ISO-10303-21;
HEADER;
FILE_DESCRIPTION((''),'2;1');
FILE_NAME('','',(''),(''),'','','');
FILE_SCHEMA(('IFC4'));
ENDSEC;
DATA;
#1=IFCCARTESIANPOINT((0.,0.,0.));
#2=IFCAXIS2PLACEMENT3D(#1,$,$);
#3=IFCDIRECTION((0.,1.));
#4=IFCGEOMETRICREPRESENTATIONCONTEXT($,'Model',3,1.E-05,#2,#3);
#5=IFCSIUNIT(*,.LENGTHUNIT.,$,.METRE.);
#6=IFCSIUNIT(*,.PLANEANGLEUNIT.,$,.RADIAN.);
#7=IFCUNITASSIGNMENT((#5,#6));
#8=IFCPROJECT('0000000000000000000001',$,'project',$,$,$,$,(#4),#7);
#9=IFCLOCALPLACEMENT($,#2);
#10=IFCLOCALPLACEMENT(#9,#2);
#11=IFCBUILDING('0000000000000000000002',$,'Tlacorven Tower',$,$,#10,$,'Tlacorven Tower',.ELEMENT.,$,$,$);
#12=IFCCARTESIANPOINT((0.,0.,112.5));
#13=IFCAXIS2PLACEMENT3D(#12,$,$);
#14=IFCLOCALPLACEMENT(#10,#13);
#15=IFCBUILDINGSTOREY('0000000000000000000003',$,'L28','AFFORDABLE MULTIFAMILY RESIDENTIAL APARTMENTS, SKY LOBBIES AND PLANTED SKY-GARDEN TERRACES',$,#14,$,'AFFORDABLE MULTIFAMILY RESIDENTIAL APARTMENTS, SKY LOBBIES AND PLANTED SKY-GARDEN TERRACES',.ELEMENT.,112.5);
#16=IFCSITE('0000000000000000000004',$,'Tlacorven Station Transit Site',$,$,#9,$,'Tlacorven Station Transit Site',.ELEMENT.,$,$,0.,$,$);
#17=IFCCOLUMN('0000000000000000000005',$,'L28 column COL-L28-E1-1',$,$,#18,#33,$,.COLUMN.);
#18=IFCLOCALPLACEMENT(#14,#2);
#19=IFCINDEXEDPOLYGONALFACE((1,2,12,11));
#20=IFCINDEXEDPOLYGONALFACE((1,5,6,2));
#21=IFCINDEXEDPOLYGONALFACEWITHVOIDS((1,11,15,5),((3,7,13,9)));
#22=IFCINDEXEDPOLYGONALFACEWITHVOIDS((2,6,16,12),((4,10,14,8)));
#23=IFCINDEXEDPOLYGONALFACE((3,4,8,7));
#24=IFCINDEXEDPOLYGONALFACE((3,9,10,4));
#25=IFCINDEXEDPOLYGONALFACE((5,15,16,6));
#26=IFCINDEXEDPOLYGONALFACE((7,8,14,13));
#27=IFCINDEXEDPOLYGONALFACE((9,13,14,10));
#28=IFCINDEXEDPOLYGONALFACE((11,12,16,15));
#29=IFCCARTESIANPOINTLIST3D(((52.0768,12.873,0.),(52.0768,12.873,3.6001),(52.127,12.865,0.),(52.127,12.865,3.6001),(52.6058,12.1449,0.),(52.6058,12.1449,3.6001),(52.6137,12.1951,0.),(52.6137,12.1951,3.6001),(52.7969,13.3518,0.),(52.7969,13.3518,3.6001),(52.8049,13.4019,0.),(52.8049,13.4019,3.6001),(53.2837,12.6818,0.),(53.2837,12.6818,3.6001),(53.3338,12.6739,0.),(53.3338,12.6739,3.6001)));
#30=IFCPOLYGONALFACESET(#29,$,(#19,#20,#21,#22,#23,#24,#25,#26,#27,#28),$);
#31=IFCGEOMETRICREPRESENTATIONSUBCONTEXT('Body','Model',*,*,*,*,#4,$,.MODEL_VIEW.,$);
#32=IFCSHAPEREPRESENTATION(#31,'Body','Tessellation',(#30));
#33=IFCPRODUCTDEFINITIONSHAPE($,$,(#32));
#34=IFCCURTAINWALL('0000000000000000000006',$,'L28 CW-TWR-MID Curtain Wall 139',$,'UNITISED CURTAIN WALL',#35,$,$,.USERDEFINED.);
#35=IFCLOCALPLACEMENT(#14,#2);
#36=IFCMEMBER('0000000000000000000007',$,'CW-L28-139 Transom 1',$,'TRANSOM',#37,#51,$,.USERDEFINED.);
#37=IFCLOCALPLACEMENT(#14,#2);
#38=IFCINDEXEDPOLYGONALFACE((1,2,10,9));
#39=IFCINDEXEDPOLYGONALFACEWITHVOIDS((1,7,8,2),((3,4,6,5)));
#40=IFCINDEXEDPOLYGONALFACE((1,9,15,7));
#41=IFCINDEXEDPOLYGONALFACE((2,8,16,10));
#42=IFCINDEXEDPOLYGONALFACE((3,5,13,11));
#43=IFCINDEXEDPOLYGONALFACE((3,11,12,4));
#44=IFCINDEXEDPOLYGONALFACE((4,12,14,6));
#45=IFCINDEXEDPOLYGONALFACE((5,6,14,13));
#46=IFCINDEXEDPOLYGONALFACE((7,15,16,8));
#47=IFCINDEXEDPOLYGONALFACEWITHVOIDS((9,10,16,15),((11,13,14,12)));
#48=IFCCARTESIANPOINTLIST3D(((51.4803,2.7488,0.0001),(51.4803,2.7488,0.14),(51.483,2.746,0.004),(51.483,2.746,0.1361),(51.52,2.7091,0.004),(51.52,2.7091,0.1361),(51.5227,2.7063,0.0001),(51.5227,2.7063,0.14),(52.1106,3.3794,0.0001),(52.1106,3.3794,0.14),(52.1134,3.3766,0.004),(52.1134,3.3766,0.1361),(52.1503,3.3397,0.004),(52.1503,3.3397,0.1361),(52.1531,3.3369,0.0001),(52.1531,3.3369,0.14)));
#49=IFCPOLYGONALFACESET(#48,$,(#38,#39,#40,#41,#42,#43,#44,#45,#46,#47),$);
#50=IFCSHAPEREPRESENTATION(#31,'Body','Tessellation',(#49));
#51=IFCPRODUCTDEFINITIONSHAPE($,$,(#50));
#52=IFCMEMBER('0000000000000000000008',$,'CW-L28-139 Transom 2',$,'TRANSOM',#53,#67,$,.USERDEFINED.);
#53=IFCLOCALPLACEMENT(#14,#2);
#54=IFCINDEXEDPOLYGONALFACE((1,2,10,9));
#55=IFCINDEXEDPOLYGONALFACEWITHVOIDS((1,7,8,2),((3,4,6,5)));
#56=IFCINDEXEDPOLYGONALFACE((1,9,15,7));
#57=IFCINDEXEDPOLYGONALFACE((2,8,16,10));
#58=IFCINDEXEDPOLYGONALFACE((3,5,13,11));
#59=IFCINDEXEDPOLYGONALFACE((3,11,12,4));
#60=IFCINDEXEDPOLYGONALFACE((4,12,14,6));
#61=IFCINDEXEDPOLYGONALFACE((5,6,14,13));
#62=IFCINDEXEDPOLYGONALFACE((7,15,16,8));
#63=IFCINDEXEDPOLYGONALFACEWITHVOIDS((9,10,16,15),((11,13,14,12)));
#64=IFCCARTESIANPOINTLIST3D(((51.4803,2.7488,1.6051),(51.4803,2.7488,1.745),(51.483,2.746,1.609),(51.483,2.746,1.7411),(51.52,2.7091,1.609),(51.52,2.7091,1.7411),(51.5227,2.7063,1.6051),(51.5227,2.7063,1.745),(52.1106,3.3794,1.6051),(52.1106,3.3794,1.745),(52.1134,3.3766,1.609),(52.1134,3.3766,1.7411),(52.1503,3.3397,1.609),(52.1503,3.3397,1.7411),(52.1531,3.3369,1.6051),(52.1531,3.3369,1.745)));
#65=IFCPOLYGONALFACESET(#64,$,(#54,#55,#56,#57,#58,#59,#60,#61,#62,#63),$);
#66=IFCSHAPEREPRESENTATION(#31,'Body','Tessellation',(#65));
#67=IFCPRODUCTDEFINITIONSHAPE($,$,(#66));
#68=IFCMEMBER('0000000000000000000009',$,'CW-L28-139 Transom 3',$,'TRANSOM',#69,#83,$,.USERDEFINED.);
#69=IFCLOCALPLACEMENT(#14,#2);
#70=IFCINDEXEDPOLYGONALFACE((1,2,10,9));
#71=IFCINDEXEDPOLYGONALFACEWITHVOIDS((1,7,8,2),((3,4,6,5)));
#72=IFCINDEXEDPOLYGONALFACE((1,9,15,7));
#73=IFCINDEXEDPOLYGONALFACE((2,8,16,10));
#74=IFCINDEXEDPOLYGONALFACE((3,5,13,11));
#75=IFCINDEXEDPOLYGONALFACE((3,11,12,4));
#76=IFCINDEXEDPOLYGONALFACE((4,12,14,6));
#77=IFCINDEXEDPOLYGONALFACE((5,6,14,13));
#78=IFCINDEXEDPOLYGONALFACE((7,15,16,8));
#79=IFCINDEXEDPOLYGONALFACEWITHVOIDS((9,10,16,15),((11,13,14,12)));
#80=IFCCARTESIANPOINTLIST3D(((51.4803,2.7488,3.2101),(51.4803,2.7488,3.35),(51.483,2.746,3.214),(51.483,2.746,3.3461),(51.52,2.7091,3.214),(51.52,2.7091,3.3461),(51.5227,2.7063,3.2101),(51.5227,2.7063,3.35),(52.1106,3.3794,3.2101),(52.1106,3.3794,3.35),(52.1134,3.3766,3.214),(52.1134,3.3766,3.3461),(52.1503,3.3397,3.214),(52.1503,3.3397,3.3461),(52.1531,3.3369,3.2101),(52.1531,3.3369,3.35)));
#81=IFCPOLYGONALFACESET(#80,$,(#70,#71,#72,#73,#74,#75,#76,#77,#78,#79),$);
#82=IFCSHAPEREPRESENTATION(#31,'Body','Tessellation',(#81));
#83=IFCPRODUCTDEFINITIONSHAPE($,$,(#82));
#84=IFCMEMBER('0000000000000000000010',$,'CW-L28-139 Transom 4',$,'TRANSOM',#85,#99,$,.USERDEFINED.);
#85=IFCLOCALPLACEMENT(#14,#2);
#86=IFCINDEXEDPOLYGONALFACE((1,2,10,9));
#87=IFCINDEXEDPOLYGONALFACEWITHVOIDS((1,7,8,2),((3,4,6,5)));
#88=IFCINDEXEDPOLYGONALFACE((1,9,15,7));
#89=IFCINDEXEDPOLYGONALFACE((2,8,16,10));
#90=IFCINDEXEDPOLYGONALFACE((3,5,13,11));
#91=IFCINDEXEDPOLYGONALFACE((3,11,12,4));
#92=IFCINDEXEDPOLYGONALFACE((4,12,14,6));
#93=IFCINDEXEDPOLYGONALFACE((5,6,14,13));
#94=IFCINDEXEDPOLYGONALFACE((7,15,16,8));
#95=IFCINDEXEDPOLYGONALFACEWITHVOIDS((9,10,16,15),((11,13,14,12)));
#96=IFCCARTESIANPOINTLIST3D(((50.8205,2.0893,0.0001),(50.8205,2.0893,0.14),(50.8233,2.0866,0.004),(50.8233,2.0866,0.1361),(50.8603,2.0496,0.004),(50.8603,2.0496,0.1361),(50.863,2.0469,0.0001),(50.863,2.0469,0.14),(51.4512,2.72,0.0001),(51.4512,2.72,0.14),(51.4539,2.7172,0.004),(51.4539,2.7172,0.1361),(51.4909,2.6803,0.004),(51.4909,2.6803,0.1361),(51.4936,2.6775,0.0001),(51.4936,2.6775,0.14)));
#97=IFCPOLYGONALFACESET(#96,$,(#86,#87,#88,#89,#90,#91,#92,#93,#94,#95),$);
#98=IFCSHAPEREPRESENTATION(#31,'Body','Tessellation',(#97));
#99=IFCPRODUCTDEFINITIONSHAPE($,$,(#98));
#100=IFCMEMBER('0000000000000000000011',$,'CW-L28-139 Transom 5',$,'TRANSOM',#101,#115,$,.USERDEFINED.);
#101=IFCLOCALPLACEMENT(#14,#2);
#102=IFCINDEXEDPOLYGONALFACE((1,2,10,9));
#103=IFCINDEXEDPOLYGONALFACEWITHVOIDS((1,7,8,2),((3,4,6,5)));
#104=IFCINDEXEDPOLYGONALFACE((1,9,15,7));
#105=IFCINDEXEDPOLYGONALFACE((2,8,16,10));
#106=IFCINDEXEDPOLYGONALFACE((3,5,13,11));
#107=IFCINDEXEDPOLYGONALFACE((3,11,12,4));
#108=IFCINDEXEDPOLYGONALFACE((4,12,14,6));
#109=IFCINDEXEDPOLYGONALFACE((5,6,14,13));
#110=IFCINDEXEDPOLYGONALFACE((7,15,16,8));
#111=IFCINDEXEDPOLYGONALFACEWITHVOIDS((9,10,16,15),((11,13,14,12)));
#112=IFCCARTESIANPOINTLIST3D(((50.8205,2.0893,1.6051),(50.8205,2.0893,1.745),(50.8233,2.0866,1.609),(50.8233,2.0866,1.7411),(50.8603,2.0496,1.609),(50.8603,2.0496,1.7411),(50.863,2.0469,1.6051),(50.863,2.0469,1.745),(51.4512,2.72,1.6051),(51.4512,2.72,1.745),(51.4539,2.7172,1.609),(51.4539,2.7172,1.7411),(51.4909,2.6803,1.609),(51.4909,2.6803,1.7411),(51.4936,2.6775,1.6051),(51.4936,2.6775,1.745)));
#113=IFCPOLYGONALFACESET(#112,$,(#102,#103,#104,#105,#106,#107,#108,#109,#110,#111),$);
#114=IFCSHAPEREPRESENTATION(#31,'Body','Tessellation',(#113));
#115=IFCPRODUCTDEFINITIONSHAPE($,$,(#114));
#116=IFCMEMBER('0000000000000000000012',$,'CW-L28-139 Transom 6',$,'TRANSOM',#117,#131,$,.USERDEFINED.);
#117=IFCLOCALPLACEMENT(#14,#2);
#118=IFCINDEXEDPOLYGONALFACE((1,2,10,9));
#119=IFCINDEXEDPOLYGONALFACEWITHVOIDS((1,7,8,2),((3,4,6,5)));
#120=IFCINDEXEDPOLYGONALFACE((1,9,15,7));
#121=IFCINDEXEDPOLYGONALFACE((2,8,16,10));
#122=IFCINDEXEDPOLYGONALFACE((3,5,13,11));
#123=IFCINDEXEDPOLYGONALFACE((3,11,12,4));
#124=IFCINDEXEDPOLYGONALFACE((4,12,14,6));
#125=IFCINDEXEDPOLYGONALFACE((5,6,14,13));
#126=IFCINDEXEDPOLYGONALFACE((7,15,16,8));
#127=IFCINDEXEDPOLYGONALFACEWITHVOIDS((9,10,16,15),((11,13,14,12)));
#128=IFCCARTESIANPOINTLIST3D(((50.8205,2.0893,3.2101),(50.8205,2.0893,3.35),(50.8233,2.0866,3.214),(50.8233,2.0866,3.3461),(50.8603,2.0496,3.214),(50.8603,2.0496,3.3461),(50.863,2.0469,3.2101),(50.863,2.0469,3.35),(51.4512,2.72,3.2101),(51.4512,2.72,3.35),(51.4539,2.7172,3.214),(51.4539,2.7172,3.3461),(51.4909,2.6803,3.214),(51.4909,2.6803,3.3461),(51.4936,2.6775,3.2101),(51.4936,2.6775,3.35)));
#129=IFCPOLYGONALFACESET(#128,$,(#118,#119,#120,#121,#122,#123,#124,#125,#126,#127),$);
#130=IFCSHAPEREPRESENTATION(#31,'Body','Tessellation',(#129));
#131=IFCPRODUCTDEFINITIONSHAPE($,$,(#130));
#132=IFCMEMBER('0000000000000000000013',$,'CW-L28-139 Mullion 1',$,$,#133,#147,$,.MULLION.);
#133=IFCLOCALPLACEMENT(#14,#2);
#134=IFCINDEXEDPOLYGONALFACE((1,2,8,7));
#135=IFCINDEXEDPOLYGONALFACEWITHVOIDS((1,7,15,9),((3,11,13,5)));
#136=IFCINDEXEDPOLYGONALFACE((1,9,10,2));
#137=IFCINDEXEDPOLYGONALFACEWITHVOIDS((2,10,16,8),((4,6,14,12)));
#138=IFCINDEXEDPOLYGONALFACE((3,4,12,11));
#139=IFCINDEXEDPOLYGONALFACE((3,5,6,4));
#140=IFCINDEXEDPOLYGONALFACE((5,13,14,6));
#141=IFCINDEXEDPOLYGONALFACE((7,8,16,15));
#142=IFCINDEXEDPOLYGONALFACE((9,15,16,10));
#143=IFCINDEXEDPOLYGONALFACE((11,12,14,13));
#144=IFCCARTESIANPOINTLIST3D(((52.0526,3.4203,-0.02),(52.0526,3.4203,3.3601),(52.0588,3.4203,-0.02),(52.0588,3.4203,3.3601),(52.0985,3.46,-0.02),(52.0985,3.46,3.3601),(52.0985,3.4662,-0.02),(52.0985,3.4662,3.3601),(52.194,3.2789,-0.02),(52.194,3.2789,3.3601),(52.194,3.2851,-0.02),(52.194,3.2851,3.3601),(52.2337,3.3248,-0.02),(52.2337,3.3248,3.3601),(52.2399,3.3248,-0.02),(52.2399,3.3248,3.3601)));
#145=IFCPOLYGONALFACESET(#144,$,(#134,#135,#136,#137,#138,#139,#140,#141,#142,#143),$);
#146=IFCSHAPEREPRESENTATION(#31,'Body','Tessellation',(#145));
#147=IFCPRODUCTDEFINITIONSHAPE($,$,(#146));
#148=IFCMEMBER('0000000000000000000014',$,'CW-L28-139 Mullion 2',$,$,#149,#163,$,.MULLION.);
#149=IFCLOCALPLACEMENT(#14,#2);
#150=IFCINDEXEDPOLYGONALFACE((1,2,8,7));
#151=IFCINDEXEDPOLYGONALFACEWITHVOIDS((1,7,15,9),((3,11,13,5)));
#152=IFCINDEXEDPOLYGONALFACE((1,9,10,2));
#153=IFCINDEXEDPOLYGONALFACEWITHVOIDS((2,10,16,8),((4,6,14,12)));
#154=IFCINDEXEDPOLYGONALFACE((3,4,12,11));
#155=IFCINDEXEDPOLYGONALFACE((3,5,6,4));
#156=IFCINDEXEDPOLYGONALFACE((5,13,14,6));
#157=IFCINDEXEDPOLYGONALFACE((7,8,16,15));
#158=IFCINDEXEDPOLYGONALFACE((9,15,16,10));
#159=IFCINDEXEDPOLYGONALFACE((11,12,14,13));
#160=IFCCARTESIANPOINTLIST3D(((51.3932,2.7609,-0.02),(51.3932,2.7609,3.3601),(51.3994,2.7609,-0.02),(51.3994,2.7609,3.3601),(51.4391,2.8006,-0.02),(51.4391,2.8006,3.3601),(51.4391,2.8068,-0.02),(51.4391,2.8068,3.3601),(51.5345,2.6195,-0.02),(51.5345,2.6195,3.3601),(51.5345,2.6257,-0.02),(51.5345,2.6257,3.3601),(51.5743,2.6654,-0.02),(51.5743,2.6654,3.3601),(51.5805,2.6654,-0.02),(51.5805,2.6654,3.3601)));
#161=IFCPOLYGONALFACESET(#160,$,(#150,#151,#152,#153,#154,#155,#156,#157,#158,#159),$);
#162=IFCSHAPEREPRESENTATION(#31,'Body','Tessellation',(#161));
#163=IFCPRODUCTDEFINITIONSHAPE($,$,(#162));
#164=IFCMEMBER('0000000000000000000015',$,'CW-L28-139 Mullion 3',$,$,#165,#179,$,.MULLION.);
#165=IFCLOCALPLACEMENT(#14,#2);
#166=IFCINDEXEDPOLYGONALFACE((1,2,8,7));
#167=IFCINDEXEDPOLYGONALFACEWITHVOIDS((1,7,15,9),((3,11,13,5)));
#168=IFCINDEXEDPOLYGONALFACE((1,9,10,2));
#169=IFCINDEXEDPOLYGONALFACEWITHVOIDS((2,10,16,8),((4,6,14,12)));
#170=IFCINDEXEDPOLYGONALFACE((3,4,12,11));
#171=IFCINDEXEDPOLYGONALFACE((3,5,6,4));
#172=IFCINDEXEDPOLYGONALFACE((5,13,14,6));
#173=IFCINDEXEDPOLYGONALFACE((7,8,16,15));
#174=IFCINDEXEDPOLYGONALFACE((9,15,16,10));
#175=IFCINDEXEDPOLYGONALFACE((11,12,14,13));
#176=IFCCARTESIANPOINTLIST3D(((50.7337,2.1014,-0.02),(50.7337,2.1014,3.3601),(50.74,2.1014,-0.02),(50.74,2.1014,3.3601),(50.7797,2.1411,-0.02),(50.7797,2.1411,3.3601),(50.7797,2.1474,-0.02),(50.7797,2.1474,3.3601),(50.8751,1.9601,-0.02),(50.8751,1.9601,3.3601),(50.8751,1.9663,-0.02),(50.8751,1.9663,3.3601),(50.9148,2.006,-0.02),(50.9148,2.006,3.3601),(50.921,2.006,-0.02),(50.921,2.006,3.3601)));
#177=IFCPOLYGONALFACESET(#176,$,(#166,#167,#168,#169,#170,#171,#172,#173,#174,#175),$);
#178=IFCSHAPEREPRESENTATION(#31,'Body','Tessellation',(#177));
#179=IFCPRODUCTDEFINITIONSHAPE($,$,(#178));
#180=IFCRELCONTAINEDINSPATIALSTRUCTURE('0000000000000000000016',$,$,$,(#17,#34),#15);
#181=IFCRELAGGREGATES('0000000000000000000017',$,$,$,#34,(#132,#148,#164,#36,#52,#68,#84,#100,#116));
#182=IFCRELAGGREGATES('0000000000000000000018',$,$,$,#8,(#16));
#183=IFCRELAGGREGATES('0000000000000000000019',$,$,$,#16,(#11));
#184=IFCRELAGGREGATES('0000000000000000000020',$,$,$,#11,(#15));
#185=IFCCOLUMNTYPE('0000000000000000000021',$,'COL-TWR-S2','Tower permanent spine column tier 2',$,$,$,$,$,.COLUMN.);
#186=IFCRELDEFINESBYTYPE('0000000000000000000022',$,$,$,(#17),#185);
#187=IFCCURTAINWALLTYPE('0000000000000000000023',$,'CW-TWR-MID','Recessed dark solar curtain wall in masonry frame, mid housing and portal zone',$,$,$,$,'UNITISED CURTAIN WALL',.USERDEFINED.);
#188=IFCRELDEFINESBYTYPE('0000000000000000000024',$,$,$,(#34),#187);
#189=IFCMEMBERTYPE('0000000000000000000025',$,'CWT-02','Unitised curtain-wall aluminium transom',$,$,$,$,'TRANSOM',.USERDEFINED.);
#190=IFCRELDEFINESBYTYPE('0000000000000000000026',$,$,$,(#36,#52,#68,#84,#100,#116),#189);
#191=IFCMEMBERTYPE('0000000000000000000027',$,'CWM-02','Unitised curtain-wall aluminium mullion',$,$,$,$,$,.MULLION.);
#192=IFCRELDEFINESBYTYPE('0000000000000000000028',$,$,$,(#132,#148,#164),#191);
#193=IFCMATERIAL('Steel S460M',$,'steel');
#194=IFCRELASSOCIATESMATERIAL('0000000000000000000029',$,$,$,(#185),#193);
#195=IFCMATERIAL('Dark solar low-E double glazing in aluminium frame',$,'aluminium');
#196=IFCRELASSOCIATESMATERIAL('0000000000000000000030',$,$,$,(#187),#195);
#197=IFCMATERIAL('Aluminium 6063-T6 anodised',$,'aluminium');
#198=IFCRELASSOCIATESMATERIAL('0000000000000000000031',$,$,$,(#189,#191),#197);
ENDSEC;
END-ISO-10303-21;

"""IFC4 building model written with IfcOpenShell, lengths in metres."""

from ifc_helpers import new_model, si_unit, direction, frame, origin, origin_2d, place, context, subcontext, project, spatial, hollow_rectangle, extrude, source, transform, mapped, material, material_profile, profile_set, type_object, element, aggregate, save


model = new_model("IFC4")

# Units and contexts
model_context = context("Model", 3, precision=1e-05, world=origin(), true_north=direction((0.0, 1.0)))
body_context = subcontext(model_context, "Body", "Model", "MODEL_VIEW")
ifc_project = project(units=[si_unit("LENGTHUNIT", "METRE"), si_unit("PLANEANGLEUNIT", "RADIAN")], contexts=[model_context])

# Site, building, storey
site_placement = place(None, origin())
site = spatial("IfcSite", under=ifc_project, at=site_placement, Name="Tlacorven Station Transit Site", LongName="Tlacorven Station Transit Site", CompositionType="ELEMENT", RefElevation=0.0)
building_placement = place(site_placement, origin())
building = spatial("IfcBuilding", under=site, at=building_placement, Name="Tlacorven Tower", LongName="Tlacorven Tower", CompositionType="ELEMENT")
storey_placement = place(building_placement, frame((0.0, 0.0, 112.5)))
storey = spatial("IfcBuildingStorey", under=building, at=storey_placement, Name="L28", Description="AFFORDABLE MULTIFAMILY RESIDENTIAL APARTMENTS, SKY LOBBIES AND PLANTED SKY-GARDEN TERRACES", LongName="AFFORDABLE MULTIFAMILY RESIDENTIAL APARTMENTS, SKY LOBBIES AND PLANTED SKY-GARDEN TERRACES", CompositionType="ELEMENT", Elevation=112.5)

# Column
ifc_material_1 = material(Name="Steel S460M", Category="steel")
ifc_material_profile_1 = material_profile(ifc_material_1, hollow_rectangle(XDim=0.8999, YDim=0.8999, WallThickness=0.0359, at=origin_2d()), Name="BOX 900X900X36")
ifc_profile_set_1 = profile_set([ifc_material_profile_1], Name="Steel S460M")
column_type = type_object("IfcColumnType", Name="COL-TWR-S2", Description="Tower permanent spine column tier 2", PredefinedType="COLUMN", material=ifc_profile_set_1)
shared_shape_1 = source(origin(), body_context, "Body", "SweptSolid", [
    extrude(hollow_rectangle(XDim=0.8999, YDim=0.8999, WallThickness=0.0359, at=origin_2d()), origin(), (0.0, 0.0, 1.0), 3.6001),
])
column_placement = place(storey_placement, frame((52.7053, 12.7734, 0.0), z_axis=(0.0, 0.0, 1.0), x_axis=(0.809017, 0.587785, 0.0)))
element("IfcColumn", 1, at=column_placement, inside=storey, type_object=column_type, Name="L28 column COL-L28-E1-1", PredefinedType="COLUMN", context=body_context, shape_type="MappedRepresentation", body=[
    mapped(shared_shape_1, transform((0.0, 0.0, 0.0), scale=1.0)),
])

# Curtain wall, members
ifc_material_2 = material(Name="Dark solar low-E double glazing in aluminium frame", Category="aluminium")
curtain_wall_type = type_object("IfcCurtainWallType", Name="CW-TWR-MID", Description="Recessed dark solar curtain wall in masonry frame, mid housing and portal zone", ElementType="UNITISED CURTAIN WALL", PredefinedType="USERDEFINED", material=ifc_material_2)
curtain_wall_placement = place(storey_placement, origin())
curtain_wall = element("IfcCurtainWall", 2, at=curtain_wall_placement, inside=storey, type_object=curtain_wall_type, Name="L28 CW-TWR-MID Curtain Wall 139", ObjectType="UNITISED CURTAIN WALL", PredefinedType="USERDEFINED")
ifc_material_3 = material(Name="Aluminium 6063-T6 anodised", Category="aluminium")
ifc_material_profile_2 = material_profile(ifc_material_3, hollow_rectangle(XDim=0.0601, YDim=0.1399, WallThickness=0.0039, at=origin_2d()), Name="ALU TRANSOM 60X140")
ifc_profile_set_2 = profile_set([ifc_material_profile_2], Name="Aluminium 6063-T6 anodised")
member_type_1 = type_object("IfcMemberType", Name="CWT-02", Description="Unitised curtain-wall aluminium transom", ElementType="TRANSOM", PredefinedType="USERDEFINED", material=ifc_profile_set_2)
shared_shape_2 = source(origin(), body_context, "Body", "SweptSolid", [
    extrude(hollow_rectangle(XDim=0.0601, YDim=0.1399, WallThickness=0.0039, at=origin_2d()), origin(), (0.0, 0.0, 1.0), 0.8916),
])
member_1_placement = place(storey_placement, frame((52.1318, 3.3582, 0.0701), z_axis=(-0.70697, -0.707244, 0.0), x_axis=(0.707244, -0.70697, 0.0)))
member_1 = element("IfcMember", 3, at=member_1_placement, type_object=member_type_1, Name="CW-L28-139 Transom 1", ObjectType="TRANSOM", PredefinedType="USERDEFINED", context=body_context, shape_type="MappedRepresentation", body=[
    mapped(shared_shape_2, transform((0.0, 0.0, 0.0), scale=1.0)),
])
member_2_placement = place(storey_placement, frame((52.1318, 3.3582, 1.675), z_axis=(-0.70697, -0.707244, 0.0), x_axis=(0.707244, -0.70697, 0.0)))
member_2 = element("IfcMember", 4, at=member_2_placement, type_object=member_type_1, Name="CW-L28-139 Transom 2", ObjectType="TRANSOM", PredefinedType="USERDEFINED", context=body_context, shape_type="MappedRepresentation", body=[
    mapped(shared_shape_2, transform((0.0, 0.0, 0.0), scale=1.0)),
])
member_3_placement = place(storey_placement, frame((52.1318, 3.3582, 3.28), z_axis=(-0.70697, -0.707244, 0.0), x_axis=(0.707244, -0.70697, 0.0)))
member_3 = element("IfcMember", 5, at=member_3_placement, type_object=member_type_1, Name="CW-L28-139 Transom 3", ObjectType="TRANSOM", PredefinedType="USERDEFINED", context=body_context, shape_type="MappedRepresentation", body=[
    mapped(shared_shape_2, transform((0.0, 0.0, 0.0), scale=1.0)),
])
shared_shape_3 = source(origin(), body_context, "Body", "SweptSolid", [
    extrude(hollow_rectangle(XDim=0.0601, YDim=0.1399, WallThickness=0.0039, at=origin_2d()), origin(), (0.0, 0.0, 1.0), 0.8918),
])
member_4_placement = place(storey_placement, frame((51.4724, 2.6987, 0.0701), z_axis=(-0.707107, -0.707107, 0.0), x_axis=(0.707107, -0.707107, 0.0)))
member_4 = element("IfcMember", 6, at=member_4_placement, type_object=member_type_1, Name="CW-L28-139 Transom 4", ObjectType="TRANSOM", PredefinedType="USERDEFINED", context=body_context, shape_type="MappedRepresentation", body=[
    mapped(shared_shape_3, transform((0.0, 0.0, 0.0), scale=1.0)),
])
member_5_placement = place(storey_placement, frame((51.4724, 2.6987, 1.675), z_axis=(-0.707107, -0.707107, 0.0), x_axis=(0.707107, -0.707107, 0.0)))
member_5 = element("IfcMember", 7, at=member_5_placement, type_object=member_type_1, Name="CW-L28-139 Transom 5", ObjectType="TRANSOM", PredefinedType="USERDEFINED", context=body_context, shape_type="MappedRepresentation", body=[
    mapped(shared_shape_3, transform((0.0, 0.0, 0.0), scale=1.0)),
])
member_6_placement = place(storey_placement, frame((51.4724, 2.6987, 3.28), z_axis=(-0.707107, -0.707107, 0.0), x_axis=(0.707107, -0.707107, 0.0)))
member_6 = element("IfcMember", 8, at=member_6_placement, type_object=member_type_1, Name="CW-L28-139 Transom 6", ObjectType="TRANSOM", PredefinedType="USERDEFINED", context=body_context, shape_type="MappedRepresentation", body=[
    mapped(shared_shape_3, transform((0.0, 0.0, 0.0), scale=1.0)),
])
ifc_material_profile_3 = material_profile(ifc_material_3, hollow_rectangle(XDim=0.0649, YDim=0.2, WallThickness=0.0044, at=origin_2d()), Name="ALU MULLION 65X200")
ifc_profile_set_3 = profile_set([ifc_material_profile_3], Name="Aluminium 6063-T6 anodised")
member_type_2 = type_object("IfcMemberType", Name="CWM-02", Description="Unitised curtain-wall aluminium mullion", PredefinedType="MULLION", material=ifc_profile_set_3)
shared_shape_4 = source(origin(), body_context, "Body", "SweptSolid", [
    extrude(hollow_rectangle(XDim=0.0649, YDim=0.2, WallThickness=0.0044, at=origin_2d()), origin(), (0.0, 0.0, 1.0), 3.3801),
])
member_7_placement = place(storey_placement, frame((52.1462, 3.3726, -0.02), z_axis=(0.0, 0.0, 1.0), x_axis=(-0.707107, -0.707107, 0.0)))
member_7 = element("IfcMember", 9, at=member_7_placement, type_object=member_type_2, Name="CW-L28-139 Mullion 1", PredefinedType="MULLION", context=body_context, shape_type="MappedRepresentation", body=[
    mapped(shared_shape_4, transform((0.0, 0.0, 0.0), scale=1.0)),
])
member_8_placement = place(storey_placement, frame((51.4868, 2.7131, -0.02), z_axis=(0.0, 0.0, 1.0), x_axis=(-0.707107, -0.707107, 0.0)))
member_8 = element("IfcMember", 10, at=member_8_placement, type_object=member_type_2, Name="CW-L28-139 Mullion 2", PredefinedType="MULLION", context=body_context, shape_type="MappedRepresentation", body=[
    mapped(shared_shape_4, transform((0.0, 0.0, 0.0), scale=1.0)),
])
member_9_placement = place(storey_placement, frame((50.8274, 2.0537, -0.02), z_axis=(0.0, 0.0, 1.0), x_axis=(-0.707107, -0.707107, 0.0)))
member_9 = element("IfcMember", 11, at=member_9_placement, type_object=member_type_2, Name="CW-L28-139 Mullion 3", PredefinedType="MULLION", context=body_context, shape_type="MappedRepresentation", body=[
    mapped(shared_shape_4, transform((0.0, 0.0, 0.0), scale=1.0)),
])
aggregate(curtain_wall, [member_7, member_8, member_9, member_1, member_2, member_3, member_4, member_5, member_6])

save(model, "model.ifc")
